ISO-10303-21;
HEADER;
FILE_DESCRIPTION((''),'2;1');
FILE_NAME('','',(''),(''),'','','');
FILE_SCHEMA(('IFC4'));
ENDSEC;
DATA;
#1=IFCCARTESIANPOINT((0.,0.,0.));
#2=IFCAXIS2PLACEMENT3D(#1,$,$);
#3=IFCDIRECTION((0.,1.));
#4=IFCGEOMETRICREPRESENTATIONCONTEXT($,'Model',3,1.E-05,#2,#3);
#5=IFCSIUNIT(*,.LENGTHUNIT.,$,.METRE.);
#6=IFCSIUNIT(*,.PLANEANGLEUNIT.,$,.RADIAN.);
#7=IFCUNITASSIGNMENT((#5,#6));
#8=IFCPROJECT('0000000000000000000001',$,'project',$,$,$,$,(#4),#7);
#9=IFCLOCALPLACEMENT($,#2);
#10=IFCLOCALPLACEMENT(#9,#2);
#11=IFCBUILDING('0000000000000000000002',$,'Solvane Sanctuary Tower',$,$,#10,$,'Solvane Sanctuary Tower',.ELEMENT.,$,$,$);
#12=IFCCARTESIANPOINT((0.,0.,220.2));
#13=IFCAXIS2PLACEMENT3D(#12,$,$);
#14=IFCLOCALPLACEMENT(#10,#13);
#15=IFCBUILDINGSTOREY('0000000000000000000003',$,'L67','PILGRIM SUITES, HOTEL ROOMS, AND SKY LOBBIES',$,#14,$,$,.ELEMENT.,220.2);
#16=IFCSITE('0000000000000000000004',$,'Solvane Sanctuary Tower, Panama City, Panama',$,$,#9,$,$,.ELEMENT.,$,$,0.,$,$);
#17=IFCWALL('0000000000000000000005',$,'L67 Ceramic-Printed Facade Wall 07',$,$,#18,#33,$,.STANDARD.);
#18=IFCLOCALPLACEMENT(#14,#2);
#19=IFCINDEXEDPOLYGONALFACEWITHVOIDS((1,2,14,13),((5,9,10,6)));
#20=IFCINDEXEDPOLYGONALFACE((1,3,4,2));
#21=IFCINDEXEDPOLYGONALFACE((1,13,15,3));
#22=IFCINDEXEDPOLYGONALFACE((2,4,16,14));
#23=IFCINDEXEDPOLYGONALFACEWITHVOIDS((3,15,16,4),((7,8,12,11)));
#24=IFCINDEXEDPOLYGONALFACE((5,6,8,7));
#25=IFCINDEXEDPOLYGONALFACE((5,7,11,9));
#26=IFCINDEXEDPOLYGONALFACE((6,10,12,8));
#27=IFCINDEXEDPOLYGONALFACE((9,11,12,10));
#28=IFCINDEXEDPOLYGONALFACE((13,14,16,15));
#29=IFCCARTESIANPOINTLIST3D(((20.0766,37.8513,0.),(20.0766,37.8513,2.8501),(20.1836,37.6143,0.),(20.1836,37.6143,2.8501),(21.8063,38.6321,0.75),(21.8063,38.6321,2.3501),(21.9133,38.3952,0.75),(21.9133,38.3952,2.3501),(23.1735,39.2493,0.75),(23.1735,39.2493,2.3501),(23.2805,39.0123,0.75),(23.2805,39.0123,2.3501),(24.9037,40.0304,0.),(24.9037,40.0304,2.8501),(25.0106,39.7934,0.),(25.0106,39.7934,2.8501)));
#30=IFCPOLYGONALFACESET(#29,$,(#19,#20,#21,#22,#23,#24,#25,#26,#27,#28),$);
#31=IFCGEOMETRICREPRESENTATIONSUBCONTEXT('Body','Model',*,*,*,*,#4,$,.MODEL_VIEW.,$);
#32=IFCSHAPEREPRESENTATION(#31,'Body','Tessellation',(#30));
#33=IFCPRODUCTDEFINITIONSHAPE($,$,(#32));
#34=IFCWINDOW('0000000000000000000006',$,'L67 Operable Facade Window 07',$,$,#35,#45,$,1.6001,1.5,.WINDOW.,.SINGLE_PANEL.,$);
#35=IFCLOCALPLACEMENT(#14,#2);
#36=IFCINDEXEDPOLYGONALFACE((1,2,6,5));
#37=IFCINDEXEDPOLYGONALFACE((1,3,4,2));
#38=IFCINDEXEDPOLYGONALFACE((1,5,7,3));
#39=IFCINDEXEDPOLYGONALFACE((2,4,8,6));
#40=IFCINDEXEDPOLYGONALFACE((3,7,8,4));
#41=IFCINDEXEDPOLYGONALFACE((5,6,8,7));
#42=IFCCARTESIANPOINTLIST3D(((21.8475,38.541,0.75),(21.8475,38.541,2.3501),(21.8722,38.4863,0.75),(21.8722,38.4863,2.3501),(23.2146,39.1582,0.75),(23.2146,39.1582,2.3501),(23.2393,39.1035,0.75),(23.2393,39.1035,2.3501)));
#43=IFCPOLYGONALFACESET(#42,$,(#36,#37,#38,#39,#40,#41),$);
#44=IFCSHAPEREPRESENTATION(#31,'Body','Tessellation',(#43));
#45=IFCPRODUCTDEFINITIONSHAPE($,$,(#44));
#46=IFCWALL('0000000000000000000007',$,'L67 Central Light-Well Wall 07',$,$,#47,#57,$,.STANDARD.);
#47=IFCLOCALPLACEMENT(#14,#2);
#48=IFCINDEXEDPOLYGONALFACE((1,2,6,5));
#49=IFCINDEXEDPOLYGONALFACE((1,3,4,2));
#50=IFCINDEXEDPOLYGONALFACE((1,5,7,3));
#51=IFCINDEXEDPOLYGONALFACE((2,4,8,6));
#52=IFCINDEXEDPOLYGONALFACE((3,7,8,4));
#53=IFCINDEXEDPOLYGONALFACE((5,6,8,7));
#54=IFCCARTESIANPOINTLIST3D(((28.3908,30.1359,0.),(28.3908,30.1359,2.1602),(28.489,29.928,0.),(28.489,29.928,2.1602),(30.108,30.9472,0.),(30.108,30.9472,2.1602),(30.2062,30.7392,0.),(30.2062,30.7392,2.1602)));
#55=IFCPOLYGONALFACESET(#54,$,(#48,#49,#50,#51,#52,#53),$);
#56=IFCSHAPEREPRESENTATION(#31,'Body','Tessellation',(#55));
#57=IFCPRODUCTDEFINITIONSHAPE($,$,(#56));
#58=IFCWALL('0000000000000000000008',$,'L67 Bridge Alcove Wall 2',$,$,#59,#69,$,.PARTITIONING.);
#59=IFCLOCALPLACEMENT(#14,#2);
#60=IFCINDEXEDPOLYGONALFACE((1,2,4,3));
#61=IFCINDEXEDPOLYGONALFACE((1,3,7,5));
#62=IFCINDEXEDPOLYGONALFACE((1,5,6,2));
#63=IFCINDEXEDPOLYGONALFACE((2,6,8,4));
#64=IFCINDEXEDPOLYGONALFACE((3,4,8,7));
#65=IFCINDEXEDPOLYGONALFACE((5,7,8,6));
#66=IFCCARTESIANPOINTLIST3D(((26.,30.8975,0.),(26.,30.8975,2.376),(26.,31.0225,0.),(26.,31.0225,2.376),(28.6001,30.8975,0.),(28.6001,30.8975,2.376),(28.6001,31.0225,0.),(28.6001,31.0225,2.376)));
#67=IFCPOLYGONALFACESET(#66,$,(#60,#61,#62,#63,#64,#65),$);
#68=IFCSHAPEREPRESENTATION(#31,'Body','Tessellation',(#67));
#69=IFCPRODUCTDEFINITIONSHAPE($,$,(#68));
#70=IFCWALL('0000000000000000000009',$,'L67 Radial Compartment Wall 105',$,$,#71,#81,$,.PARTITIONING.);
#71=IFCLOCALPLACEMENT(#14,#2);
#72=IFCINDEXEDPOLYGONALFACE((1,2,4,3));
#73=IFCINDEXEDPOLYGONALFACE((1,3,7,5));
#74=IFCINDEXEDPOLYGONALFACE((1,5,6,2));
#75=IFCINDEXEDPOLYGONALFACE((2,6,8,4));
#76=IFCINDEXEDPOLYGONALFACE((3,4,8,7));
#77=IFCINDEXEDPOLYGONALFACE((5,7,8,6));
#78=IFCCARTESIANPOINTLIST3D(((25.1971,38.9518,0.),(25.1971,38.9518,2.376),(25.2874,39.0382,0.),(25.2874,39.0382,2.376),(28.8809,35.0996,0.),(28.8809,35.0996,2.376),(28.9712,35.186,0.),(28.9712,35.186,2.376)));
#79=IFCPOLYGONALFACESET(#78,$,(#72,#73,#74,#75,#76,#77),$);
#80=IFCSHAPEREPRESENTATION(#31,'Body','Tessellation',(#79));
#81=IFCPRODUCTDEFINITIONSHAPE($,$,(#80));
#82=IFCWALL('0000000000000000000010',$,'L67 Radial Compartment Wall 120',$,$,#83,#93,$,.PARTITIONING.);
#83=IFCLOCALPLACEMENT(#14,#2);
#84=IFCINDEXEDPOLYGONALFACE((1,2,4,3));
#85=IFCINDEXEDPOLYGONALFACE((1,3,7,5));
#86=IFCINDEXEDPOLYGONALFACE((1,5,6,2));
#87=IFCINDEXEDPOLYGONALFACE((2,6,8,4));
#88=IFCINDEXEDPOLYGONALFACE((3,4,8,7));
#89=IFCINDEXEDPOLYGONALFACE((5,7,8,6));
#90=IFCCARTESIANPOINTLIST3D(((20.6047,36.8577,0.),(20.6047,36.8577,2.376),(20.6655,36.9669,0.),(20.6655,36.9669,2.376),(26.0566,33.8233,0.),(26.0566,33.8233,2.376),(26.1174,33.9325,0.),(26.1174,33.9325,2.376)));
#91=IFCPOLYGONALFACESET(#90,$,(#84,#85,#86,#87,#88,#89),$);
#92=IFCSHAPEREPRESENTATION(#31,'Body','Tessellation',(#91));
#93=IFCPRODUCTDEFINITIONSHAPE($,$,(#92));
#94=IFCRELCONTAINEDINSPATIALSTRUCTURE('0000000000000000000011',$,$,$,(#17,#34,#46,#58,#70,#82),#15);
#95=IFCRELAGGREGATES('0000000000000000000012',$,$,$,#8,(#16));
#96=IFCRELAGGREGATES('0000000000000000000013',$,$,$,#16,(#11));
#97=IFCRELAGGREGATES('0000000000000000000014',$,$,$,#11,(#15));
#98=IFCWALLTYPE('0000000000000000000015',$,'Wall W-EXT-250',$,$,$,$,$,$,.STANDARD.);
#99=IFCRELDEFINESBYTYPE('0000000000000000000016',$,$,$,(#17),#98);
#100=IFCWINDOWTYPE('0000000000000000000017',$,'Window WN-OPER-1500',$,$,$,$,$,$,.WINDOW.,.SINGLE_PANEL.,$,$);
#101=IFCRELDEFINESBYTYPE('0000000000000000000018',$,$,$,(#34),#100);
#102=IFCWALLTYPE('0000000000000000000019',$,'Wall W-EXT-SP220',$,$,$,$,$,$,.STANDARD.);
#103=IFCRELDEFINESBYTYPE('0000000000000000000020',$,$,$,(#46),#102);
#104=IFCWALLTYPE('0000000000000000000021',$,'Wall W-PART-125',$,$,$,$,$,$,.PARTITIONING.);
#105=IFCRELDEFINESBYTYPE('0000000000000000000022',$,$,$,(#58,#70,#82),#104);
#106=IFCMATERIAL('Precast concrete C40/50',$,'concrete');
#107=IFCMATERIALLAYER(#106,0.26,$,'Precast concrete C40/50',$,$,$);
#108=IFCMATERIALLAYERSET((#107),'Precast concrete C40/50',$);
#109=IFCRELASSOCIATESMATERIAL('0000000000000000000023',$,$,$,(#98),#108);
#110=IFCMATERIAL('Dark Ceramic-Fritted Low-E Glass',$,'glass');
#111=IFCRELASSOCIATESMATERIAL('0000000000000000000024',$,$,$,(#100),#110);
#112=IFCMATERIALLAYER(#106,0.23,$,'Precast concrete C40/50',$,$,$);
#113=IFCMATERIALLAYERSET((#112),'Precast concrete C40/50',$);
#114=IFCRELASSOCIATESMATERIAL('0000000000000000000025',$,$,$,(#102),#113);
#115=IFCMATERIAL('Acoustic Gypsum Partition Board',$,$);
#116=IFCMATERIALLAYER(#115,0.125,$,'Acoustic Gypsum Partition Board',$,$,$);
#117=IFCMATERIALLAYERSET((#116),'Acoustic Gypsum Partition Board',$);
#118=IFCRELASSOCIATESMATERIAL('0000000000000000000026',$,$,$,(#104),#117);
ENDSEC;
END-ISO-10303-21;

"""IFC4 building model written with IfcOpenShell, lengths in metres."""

from ifc_helpers import new_model, si_unit, direction, frame, frame_2d, origin, place, context, subcontext, project, spatial, rectangle, extrude, material, layer, layer_set, type_object, element, fill, save


model = new_model("IFC4")

# Units and contexts
model_context = context("Model", 3, precision=1e-05, world=origin(), true_north=direction((0.0, 1.0)))
body_context = subcontext(model_context, "Body", "Model", "MODEL_VIEW")
ifc_project = project(units=[si_unit("LENGTHUNIT", "METRE"), si_unit("PLANEANGLEUNIT", "RADIAN")], contexts=[model_context])

# Site, building, storey
site_placement = place(None, origin())
site = spatial("IfcSite", under=ifc_project, at=site_placement, Name="Solvane Sanctuary Tower, Panama City, Panama", CompositionType="ELEMENT", RefElevation=0.0)
building_placement = place(site_placement, origin())
building = spatial("IfcBuilding", under=site, at=building_placement, Name="Solvane Sanctuary Tower", LongName="Solvane Sanctuary Tower", CompositionType="ELEMENT")
storey_placement = place(building_placement, frame((0.0, 0.0, 220.2)))
storey = spatial("IfcBuildingStorey", under=building, at=storey_placement, Name="L67", Description="PILGRIM SUITES, HOTEL ROOMS, AND SKY LOBBIES", CompositionType="ELEMENT", Elevation=220.2)

# Shared definitions
ifc_material_1 = material(Name="Acoustic Gypsum Partition Board")

# Wall, opening, window
ifc_material_2 = material(Name="Precast concrete C40/50", Category="concrete")
ifc_layer_1 = layer(ifc_material_2, 0.26, Name="Precast concrete C40/50")
ifc_layer_set_1 = layer_set([ifc_layer_1], Name="Precast concrete C40/50")
wall_type_1 = type_object("IfcWallType", Name="Wall W-EXT-250", PredefinedType="STANDARD", material=ifc_layer_set_1)
wall_1_placement = place(storey_placement, frame((24.957, 39.9119, 0.0), z_axis=(0.0, 0.0, 1.0), x_axis=(-0.911427, -0.411461, 0.0)))
wall_1 = element("IfcWall", 1, at=wall_1_placement, inside=storey, type_object=wall_type_1, Name="L67 Ceramic-Printed Facade Wall 07", PredefinedType="STANDARD", context=body_context, shape_type="SweptSolid", body=[
    extrude(rectangle(XDim=5.2961, YDim=0.26, at=frame_2d((2.6479, 0.0))), origin(), (0.0, 0.0, 1.0), 2.8501),
])
opening_1_placement = place(wall_1_placement, frame((1.8982, 0.0, 0.75)))
opening_1 = element("IfcOpeningElement", 2, at=opening_1_placement, cuts=wall_1, PredefinedType="OPENING", context=body_context, shape_type="SweptSolid", body=[
    extrude(rectangle(XDim=1.5, YDim=1.6001, at=frame_2d((0.75, 0.8))), frame((0.0, 0.1399, 0.0), z_axis=(0.0, -1.0, 0.0), x_axis=(1.0, 0.0, 0.0)), (0.0, 0.0, 1.0), 0.28),
])
ifc_material_3 = material(Name="Dark Ceramic-Fritted Low-E Glass", Category="glass")
window_type = type_object("IfcWindowType", Name="Window WN-OPER-1500", PartitioningType="SINGLE_PANEL", PredefinedType="WINDOW", material=ifc_material_3)
window_placement = place(opening_1_placement, origin())
window = element("IfcWindow", 3, at=window_placement, inside=storey, type_object=window_type, Name="L67 Operable Facade Window 07", OverallHeight=1.6001, OverallWidth=1.5, PartitioningType="SINGLE_PANEL", PredefinedType="WINDOW", context=body_context, shape_type="SweptSolid", body=[
    extrude(rectangle(XDim=1.5, YDim=1.6001, at=frame_2d((0.75, 0.8))), frame((0.0, 0.03, 0.0), z_axis=(0.0, -1.0, 0.0), x_axis=(1.0, 0.0, 0.0)), (0.0, 0.0, 1.0), 0.0601),
])
fill(opening_1, window)

# Walls
ifc_layer_2 = layer(ifc_material_2, 0.23, Name="Precast concrete C40/50")
ifc_layer_set_2 = layer_set([ifc_layer_2], Name="Precast concrete C40/50")
wall_type_2 = type_object("IfcWallType", Name="Wall W-EXT-SP220", PredefinedType="STANDARD", material=ifc_layer_set_2)
wall_2_placement = place(storey_placement, frame((30.1572, 30.8433, 0.0), z_axis=(0.0, 0.0, 1.0), x_axis=(-0.90418, -0.427152, 0.0)))
element("IfcWall", 4, at=wall_2_placement, inside=storey, type_object=wall_type_2, Name="L67 Central Light-Well Wall 07", PredefinedType="STANDARD", context=body_context, shape_type="SweptSolid", body=[
    extrude(rectangle(XDim=1.8992, YDim=0.23, at=frame_2d((0.9497, 0.0))), origin(), (0.0, 0.0, 1.0), 2.1602),
])
ifc_layer_3 = layer(ifc_material_1, 0.125, Name="Acoustic Gypsum Partition Board")
ifc_layer_set_3 = layer_set([ifc_layer_3], Name="Acoustic Gypsum Partition Board")
wall_type_3 = type_object("IfcWallType", Name="Wall W-PART-125", PredefinedType="PARTITIONING", material=ifc_layer_set_3)
wall_3_placement = place(storey_placement, frame((26.0, 30.96, 0.0), z_axis=(0.0, 0.0, 1.0), x_axis=(1.0, 0.0, 0.0)))
element("IfcWall", 5, at=wall_3_placement, inside=storey, type_object=wall_type_3, Name="L67 Bridge Alcove Wall 2", PredefinedType="PARTITIONING", context=body_context, shape_type="SweptSolid", body=[
    extrude(rectangle(XDim=2.6001, YDim=0.125, at=frame_2d((1.3, 0.0))), origin(), (0.0, 0.0, 1.0), 2.376),
])
wall_4_placement = place(storey_placement, frame((28.926, 35.1428, 0.0), z_axis=(0.0, 0.0, 1.0), x_axis=(-0.691128, 0.722732, 0.0)))
element("IfcWall", 6, at=wall_4_placement, inside=storey, type_object=wall_type_3, Name="L67 Radial Compartment Wall 105", PredefinedType="PARTITIONING", context=body_context, shape_type="SweptSolid", body=[
    extrude(rectangle(XDim=5.3301, YDim=0.125, at=frame_2d((2.665, 0.0))), origin(), (0.0, 0.0, 1.0), 2.376),
])
wall_5_placement = place(storey_placement, frame((26.0869, 33.8779, 0.0), z_axis=(0.0, 0.0, 1.0), x_axis=(-0.873777, 0.486327, 0.0)))
element("IfcWall", 7, at=wall_5_placement, inside=storey, type_object=wall_type_3, Name="L67 Radial Compartment Wall 120", PredefinedType="PARTITIONING", context=body_context, shape_type="SweptSolid", body=[
    extrude(rectangle(XDim=6.2395, YDim=0.125, at=frame_2d((3.1196, 0.0))), origin(), (0.0, 0.0, 1.0), 2.376),
])

save(model, "model.ifc")
